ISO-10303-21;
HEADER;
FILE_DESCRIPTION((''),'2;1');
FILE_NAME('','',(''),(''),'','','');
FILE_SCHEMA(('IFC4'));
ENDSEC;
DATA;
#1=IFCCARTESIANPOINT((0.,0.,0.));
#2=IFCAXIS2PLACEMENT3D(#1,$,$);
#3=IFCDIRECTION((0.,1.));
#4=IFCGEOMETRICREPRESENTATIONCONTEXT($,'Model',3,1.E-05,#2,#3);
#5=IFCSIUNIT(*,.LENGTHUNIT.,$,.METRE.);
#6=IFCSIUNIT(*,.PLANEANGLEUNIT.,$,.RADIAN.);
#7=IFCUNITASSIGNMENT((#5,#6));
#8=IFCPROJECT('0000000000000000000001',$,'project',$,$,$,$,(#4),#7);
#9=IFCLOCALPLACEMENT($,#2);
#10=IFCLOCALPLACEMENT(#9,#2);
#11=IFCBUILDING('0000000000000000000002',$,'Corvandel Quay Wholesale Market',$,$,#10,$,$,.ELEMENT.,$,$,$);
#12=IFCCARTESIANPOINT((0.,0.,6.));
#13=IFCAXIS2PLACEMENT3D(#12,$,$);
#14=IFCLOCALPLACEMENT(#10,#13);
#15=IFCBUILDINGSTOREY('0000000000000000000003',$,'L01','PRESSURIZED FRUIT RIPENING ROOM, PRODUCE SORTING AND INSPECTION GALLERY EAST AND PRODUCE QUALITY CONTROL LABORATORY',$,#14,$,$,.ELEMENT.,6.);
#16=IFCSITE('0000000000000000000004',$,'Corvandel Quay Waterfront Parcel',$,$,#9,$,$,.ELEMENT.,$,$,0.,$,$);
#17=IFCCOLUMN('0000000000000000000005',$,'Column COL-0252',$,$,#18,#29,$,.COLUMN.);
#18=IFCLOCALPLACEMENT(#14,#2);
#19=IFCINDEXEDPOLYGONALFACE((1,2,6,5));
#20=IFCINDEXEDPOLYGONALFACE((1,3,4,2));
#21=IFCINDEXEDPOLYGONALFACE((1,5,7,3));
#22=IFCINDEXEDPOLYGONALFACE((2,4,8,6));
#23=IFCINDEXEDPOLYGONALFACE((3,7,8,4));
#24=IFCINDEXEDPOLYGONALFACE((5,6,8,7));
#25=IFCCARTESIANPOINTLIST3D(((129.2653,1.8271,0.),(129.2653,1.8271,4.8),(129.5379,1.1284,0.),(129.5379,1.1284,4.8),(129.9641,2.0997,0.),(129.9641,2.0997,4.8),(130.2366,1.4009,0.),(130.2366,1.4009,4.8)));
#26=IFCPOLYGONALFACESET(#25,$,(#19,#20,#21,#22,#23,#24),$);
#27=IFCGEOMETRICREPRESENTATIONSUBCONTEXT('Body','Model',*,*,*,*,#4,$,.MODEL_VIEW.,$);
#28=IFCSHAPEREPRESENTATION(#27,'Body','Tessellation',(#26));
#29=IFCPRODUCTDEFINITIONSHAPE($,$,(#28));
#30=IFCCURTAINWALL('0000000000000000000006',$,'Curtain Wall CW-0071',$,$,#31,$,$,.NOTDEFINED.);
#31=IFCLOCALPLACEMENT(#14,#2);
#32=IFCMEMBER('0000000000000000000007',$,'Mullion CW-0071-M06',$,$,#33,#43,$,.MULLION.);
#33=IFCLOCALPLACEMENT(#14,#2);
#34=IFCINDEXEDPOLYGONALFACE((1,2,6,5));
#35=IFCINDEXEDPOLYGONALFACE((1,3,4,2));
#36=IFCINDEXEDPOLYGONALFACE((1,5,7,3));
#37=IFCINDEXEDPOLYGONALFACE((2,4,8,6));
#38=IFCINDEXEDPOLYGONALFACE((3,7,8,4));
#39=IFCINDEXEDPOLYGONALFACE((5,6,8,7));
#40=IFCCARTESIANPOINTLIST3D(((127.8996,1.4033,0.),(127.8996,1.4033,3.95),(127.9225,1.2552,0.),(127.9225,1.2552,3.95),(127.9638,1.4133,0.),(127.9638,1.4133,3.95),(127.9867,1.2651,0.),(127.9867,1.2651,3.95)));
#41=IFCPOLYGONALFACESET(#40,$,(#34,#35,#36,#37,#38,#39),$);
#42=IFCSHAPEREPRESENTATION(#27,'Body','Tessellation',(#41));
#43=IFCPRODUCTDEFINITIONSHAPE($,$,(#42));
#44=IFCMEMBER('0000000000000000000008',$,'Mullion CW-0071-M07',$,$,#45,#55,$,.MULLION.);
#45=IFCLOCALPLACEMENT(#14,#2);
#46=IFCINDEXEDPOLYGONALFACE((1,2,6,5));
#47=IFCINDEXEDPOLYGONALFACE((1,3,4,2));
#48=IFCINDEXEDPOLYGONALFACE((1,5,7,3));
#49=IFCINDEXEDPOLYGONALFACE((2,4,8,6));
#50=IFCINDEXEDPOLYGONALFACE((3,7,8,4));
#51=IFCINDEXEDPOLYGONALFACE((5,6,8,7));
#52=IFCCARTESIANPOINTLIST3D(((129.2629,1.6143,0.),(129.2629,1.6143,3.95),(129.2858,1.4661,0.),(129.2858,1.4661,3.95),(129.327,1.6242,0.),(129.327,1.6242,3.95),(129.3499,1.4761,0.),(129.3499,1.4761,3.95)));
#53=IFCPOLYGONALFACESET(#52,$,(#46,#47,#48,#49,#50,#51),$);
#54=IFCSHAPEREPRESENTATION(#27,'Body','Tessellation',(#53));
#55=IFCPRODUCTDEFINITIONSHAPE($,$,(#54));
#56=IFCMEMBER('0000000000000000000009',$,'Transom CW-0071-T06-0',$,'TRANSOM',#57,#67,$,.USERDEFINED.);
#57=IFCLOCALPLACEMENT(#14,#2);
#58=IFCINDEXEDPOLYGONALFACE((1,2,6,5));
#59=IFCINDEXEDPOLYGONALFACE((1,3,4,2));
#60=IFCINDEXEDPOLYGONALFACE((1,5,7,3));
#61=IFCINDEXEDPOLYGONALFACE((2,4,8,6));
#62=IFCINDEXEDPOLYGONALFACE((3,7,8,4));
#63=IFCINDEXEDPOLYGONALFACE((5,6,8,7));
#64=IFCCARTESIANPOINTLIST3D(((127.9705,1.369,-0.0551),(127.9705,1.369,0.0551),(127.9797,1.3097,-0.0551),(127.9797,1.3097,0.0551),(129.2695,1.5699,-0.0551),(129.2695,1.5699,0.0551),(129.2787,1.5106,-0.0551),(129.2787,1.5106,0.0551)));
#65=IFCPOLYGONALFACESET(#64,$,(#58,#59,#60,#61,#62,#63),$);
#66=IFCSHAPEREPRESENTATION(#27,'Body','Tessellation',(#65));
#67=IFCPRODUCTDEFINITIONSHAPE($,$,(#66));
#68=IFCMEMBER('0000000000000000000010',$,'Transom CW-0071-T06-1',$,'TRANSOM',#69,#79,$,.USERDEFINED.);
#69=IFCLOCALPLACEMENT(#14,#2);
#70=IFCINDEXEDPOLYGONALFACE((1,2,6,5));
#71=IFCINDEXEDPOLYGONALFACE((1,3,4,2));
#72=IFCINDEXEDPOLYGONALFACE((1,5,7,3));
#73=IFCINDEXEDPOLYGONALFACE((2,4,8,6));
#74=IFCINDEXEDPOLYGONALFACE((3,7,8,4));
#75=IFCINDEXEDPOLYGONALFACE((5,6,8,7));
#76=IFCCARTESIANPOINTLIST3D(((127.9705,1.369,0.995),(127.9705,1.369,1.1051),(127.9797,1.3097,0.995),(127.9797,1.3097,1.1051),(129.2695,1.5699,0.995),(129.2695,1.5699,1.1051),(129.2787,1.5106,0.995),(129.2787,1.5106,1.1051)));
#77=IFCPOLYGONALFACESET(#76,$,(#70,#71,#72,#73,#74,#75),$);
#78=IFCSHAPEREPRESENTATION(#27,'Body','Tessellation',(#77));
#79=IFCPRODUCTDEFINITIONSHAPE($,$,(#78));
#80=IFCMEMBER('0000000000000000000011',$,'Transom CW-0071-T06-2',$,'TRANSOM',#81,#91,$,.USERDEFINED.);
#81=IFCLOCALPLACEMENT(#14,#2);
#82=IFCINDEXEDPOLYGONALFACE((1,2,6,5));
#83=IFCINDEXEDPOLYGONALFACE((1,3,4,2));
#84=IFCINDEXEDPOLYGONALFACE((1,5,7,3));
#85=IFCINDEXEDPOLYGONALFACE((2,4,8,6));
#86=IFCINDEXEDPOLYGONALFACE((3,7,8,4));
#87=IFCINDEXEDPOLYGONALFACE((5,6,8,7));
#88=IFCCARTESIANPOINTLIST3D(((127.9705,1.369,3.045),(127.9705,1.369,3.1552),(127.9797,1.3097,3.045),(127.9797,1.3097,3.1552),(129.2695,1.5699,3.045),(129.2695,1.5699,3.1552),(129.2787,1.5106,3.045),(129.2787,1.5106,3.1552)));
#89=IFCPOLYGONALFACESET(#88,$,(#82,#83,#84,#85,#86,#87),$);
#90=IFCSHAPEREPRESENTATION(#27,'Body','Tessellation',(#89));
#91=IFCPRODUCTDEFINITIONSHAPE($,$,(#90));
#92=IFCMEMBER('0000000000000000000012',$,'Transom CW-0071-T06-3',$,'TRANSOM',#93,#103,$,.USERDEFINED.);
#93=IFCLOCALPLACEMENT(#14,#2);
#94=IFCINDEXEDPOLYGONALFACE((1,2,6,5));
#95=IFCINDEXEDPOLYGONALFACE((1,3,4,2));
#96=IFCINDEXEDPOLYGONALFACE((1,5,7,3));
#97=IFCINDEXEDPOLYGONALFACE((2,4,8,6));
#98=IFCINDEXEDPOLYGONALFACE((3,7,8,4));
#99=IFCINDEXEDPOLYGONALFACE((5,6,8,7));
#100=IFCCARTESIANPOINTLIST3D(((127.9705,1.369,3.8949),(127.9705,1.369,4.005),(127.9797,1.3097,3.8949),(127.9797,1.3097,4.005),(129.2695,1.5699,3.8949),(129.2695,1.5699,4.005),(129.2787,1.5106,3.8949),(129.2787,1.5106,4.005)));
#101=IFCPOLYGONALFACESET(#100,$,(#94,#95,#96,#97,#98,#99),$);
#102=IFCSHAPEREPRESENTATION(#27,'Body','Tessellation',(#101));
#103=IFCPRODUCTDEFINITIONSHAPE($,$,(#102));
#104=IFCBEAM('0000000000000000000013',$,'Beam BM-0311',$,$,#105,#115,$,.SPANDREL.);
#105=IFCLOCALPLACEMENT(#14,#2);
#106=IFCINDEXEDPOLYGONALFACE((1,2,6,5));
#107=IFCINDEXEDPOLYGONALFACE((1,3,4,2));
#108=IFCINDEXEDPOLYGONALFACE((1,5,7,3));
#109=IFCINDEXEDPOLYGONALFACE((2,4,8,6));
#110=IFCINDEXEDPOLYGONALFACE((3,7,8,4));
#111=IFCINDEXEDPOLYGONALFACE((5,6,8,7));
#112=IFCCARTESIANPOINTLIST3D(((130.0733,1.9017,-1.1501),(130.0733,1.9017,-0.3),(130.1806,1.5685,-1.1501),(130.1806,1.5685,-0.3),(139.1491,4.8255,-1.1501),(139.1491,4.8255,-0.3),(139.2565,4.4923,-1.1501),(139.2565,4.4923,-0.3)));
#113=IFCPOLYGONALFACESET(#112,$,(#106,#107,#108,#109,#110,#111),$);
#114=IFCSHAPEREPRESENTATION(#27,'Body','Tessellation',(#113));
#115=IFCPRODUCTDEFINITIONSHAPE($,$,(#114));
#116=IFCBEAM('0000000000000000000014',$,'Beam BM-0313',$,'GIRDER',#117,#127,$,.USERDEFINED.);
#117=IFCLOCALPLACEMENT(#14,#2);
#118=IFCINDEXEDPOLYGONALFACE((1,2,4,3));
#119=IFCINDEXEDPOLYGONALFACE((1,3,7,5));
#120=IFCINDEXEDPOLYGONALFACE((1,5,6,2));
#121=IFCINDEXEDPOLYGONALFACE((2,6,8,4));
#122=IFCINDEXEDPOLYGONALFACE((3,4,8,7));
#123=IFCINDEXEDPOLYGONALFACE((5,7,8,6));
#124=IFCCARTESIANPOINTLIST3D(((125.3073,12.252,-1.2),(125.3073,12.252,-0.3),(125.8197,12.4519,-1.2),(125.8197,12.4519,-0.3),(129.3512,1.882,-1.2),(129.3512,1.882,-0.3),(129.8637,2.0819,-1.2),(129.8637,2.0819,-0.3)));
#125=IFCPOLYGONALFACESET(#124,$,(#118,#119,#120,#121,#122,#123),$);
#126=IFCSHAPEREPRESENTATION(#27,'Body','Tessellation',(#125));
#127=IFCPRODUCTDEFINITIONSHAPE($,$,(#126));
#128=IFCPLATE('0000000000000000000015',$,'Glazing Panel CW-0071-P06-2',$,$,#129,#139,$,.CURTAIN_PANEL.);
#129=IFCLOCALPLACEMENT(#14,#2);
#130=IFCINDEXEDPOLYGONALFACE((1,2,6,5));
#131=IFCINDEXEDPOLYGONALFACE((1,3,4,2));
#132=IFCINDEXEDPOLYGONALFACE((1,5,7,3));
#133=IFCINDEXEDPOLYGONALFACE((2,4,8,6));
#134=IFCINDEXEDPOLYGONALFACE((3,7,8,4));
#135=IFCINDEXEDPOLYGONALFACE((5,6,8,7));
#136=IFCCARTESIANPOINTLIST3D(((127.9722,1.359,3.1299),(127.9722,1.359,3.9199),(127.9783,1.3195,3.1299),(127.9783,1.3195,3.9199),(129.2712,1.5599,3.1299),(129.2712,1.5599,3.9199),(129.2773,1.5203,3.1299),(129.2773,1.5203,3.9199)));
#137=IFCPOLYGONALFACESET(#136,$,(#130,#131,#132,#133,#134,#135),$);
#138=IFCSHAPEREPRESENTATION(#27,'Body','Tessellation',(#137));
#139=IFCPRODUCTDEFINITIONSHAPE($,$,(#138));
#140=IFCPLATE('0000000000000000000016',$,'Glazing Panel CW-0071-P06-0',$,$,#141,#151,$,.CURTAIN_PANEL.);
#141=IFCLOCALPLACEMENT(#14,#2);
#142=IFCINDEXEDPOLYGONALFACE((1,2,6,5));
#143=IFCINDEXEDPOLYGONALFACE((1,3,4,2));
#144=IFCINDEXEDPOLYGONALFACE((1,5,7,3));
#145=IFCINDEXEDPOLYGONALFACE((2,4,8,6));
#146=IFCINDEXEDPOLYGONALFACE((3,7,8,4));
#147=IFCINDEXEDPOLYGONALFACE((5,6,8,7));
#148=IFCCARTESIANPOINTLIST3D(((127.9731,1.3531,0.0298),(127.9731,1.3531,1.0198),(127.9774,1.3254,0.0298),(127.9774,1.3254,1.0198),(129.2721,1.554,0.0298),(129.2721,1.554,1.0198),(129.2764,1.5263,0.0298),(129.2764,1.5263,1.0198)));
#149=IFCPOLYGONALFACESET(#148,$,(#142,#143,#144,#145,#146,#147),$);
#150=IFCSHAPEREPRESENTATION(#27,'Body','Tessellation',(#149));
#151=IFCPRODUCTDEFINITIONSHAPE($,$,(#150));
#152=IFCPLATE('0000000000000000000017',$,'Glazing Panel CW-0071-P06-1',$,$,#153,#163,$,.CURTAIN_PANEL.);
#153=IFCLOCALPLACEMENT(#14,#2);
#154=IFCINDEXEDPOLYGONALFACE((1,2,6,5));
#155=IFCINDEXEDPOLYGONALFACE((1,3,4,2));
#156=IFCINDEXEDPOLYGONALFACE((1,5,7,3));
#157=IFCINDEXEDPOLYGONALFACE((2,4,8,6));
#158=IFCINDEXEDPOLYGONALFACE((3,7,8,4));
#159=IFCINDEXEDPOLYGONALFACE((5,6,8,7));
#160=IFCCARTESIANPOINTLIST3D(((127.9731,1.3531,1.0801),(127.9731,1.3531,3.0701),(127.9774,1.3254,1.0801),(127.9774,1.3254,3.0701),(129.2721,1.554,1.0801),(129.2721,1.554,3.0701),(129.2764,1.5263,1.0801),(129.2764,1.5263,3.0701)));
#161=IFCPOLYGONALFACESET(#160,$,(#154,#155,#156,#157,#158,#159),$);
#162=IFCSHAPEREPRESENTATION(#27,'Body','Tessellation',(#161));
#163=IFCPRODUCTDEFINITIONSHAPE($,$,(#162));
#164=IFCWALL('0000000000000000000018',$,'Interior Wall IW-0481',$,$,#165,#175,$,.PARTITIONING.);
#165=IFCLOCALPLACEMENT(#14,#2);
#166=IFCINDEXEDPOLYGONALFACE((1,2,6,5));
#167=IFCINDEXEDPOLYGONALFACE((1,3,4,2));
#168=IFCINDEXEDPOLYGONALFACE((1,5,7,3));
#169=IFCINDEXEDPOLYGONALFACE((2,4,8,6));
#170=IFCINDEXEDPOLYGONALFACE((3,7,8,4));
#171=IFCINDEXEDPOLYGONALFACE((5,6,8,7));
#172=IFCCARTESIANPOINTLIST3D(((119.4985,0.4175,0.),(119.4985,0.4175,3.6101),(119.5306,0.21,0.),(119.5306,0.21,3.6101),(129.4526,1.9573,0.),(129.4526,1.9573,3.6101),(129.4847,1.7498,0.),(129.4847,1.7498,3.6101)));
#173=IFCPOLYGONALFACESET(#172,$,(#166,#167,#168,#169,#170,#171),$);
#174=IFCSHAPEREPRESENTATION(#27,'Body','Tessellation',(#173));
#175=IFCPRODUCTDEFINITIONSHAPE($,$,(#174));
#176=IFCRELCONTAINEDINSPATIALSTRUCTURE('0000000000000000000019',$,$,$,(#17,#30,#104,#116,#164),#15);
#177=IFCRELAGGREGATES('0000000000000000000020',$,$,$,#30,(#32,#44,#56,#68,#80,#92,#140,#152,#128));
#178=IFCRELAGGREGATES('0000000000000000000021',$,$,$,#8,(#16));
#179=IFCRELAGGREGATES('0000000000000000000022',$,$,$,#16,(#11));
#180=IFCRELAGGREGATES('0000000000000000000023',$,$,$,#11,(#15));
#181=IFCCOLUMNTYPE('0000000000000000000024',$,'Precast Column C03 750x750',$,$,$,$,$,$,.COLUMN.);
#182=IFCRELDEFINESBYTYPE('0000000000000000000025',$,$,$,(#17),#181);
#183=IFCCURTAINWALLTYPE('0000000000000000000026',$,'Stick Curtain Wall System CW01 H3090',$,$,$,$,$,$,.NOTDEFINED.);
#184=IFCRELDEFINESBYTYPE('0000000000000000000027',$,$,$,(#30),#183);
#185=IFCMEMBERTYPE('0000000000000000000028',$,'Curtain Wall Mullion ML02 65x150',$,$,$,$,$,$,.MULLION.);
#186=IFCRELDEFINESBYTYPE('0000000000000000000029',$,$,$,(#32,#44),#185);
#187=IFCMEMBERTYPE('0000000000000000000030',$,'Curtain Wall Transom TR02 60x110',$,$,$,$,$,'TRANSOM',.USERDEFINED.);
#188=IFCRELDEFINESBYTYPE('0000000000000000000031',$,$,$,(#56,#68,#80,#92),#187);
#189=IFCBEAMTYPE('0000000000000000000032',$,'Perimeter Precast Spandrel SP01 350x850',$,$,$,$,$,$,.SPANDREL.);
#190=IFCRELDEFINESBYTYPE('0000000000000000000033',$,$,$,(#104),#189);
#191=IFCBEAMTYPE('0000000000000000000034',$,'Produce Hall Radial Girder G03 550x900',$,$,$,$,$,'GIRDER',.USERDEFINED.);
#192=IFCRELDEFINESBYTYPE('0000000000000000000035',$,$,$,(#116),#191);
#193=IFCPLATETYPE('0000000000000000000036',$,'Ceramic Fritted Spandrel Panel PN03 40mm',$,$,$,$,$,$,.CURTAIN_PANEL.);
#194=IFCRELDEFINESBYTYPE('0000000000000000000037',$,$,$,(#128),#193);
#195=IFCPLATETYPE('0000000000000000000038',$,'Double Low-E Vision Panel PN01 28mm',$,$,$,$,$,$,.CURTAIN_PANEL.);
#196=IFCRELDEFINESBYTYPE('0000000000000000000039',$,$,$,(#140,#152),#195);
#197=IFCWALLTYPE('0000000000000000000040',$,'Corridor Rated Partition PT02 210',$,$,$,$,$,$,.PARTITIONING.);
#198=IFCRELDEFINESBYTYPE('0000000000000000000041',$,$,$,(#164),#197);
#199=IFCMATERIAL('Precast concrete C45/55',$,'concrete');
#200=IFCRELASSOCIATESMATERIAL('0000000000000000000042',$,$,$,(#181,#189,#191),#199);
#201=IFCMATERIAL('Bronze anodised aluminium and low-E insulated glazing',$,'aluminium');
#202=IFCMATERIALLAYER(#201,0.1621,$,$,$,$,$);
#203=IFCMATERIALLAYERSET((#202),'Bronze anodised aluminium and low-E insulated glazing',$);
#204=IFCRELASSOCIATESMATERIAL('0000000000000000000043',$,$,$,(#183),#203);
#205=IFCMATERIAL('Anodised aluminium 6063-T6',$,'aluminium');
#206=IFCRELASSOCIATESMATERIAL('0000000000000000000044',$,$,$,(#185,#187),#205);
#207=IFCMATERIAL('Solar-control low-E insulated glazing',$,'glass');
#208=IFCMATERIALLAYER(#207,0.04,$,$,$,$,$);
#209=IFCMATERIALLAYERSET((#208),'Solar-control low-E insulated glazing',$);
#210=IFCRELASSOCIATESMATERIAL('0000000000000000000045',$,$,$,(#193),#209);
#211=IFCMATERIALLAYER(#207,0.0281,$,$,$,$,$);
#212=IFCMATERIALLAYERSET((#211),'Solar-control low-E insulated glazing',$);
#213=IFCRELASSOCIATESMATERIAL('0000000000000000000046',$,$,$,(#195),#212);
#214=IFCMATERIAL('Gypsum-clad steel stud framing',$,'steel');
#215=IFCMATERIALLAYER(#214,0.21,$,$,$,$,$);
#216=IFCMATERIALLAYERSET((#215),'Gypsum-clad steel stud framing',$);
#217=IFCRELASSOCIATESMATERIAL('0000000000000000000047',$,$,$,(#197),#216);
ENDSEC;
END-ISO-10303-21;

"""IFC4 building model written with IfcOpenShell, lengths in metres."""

from ifc_helpers import new_model, si_unit, direction, frame, frame_2d, origin, origin_2d, place, context, subcontext, project, spatial, rectangle, extrude, material, layer, layer_set, material_profile, profile_set, type_object, element, aggregate, save


model = new_model("IFC4")

# Units and contexts
model_context = context("Model", 3, precision=1e-05, world=origin(), true_north=direction((0.0, 1.0)))
body_context = subcontext(model_context, "Body", "Model", "MODEL_VIEW")
ifc_project = project(units=[si_unit("LENGTHUNIT", "METRE"), si_unit("PLANEANGLEUNIT", "RADIAN")], contexts=[model_context])

# Site, building, storey
site_placement = place(None, origin())
site = spatial("IfcSite", under=ifc_project, at=site_placement, Name="Corvandel Quay Waterfront Parcel", CompositionType="ELEMENT", RefElevation=0.0)
building_placement = place(site_placement, origin())
building = spatial("IfcBuilding", under=site, at=building_placement, Name="Corvandel Quay Wholesale Market", CompositionType="ELEMENT")
storey_placement = place(building_placement, frame((0.0, 0.0, 6.0)))
storey = spatial("IfcBuildingStorey", under=building, at=storey_placement, Name="L01", Description="PRESSURIZED FRUIT RIPENING ROOM, PRODUCE SORTING AND INSPECTION GALLERY EAST AND PRODUCE QUALITY CONTROL LABORATORY", CompositionType="ELEMENT", Elevation=6.0)

# Column
ifc_material_1 = material(Name="Precast concrete C45/55", Category="concrete")
ifc_material_profile_1 = material_profile(ifc_material_1, rectangle(XDim=0.75, YDim=0.75, at=origin_2d()), Name="PC-COL-750x750")
ifc_profile_set_1 = profile_set([ifc_material_profile_1], Name="Precast concrete C45/55")
column_type = type_object("IfcColumnType", Name="Precast Column C03 750x750", PredefinedType="COLUMN", material=ifc_profile_set_1)
column_placement = place(storey_placement, frame((129.751, 1.614, 0.0), z_axis=(0.0, 0.0, 1.0), x_axis=(0.931628, 0.363414, 0.0)))
element("IfcColumn", 1, at=column_placement, inside=storey, type_object=column_type, Name="Column COL-0252", PredefinedType="COLUMN", context=body_context, shape_type="SweptSolid", body=[
    extrude(rectangle(XDim=0.75, YDim=0.75, at=origin_2d()), origin(), (0.0, 0.0, 1.0), 4.8),
])

# Curtain wall, members
ifc_material_2 = material(Name="Bronze anodised aluminium and low-E insulated glazing", Category="aluminium")
ifc_layer_1 = layer(ifc_material_2, 0.1621)
ifc_layer_set_1 = layer_set([ifc_layer_1], Name="Bronze anodised aluminium and low-E insulated glazing")
curtain_wall_type = type_object("IfcCurtainWallType", Name="Stick Curtain Wall System CW01 H3090", PredefinedType="NOTDEFINED", material=ifc_layer_set_1)
curtain_wall_placement = place(storey_placement, origin())
curtain_wall = element("IfcCurtainWall", 2, at=curtain_wall_placement, inside=storey, type_object=curtain_wall_type, Name="Curtain Wall CW-0071", PredefinedType="NOTDEFINED")
ifc_material_3 = material(Name="Anodised aluminium 6063-T6", Category="aluminium")
ifc_material_profile_2 = material_profile(ifc_material_3, rectangle(XDim=0.0649, YDim=0.1499, at=origin_2d()), Name="ALU-MUL-65x150")
ifc_profile_set_2 = profile_set([ifc_material_profile_2], Name="Anodised aluminium 6063-T6")
member_type_1 = type_object("IfcMemberType", Name="Curtain Wall Mullion ML02 65x150", PredefinedType="MULLION", material=ifc_profile_set_2)
member_1_placement = place(storey_placement, frame((127.9431, 1.3342, 0.0), z_axis=(0.0, 0.0, 1.0), x_axis=(0.988255, 0.152813, 0.0)))
member_1 = element("IfcMember", 3, at=member_1_placement, type_object=member_type_1, Name="Mullion CW-0071-M06", PredefinedType="MULLION", context=body_context, shape_type="SweptSolid", body=[
    extrude(rectangle(XDim=0.0649, YDim=0.1499, at=origin_2d()), origin(), (0.0, 0.0, 1.0), 3.95),
])
member_2_placement = place(storey_placement, frame((129.3064, 1.5452, 0.0), z_axis=(0.0, 0.0, 1.0), x_axis=(0.988255, 0.152813, 0.0)))
member_2 = element("IfcMember", 4, at=member_2_placement, type_object=member_type_1, Name="Mullion CW-0071-M07", PredefinedType="MULLION", context=body_context, shape_type="SweptSolid", body=[
    extrude(rectangle(XDim=0.0649, YDim=0.1499, at=origin_2d()), origin(), (0.0, 0.0, 1.0), 3.95),
])
ifc_material_profile_3 = material_profile(ifc_material_3, rectangle(XDim=0.0601, YDim=0.1101, at=origin_2d()), Name="ALU-TRN-60x110")
ifc_profile_set_3 = profile_set([ifc_material_profile_3], Name="Anodised aluminium 6063-T6")
member_type_2 = type_object("IfcMemberType", Name="Curtain Wall Transom TR02 60x110", ElementType="TRANSOM", PredefinedType="USERDEFINED", material=ifc_profile_set_3)
member_3_placement = place(storey_placement, frame((127.9751, 1.3394, 0.0), z_axis=(0.988249, 0.152853, 0.0), x_axis=(-0.152853, 0.988249, 0.0)))
member_3 = element("IfcMember", 5, at=member_3_placement, type_object=member_type_2, Name="Transom CW-0071-T06-0", ObjectType="TRANSOM", PredefinedType="USERDEFINED", context=body_context, shape_type="SweptSolid", body=[
    extrude(rectangle(XDim=0.0601, YDim=0.1101, at=origin_2d()), origin(), (0.0, 0.0, 1.0), 1.3145),
])
member_4_placement = place(storey_placement, frame((127.9751, 1.3394, 1.05), z_axis=(0.988249, 0.152853, 0.0), x_axis=(-0.152853, 0.988249, 0.0)))
member_4 = element("IfcMember", 6, at=member_4_placement, type_object=member_type_2, Name="Transom CW-0071-T06-1", ObjectType="TRANSOM", PredefinedType="USERDEFINED", context=body_context, shape_type="SweptSolid", body=[
    extrude(rectangle(XDim=0.0601, YDim=0.1101, at=origin_2d()), origin(), (0.0, 0.0, 1.0), 1.3145),
])
member_5_placement = place(storey_placement, frame((127.9751, 1.3394, 3.1001), z_axis=(0.988249, 0.152853, 0.0), x_axis=(-0.152853, 0.988249, 0.0)))
member_5 = element("IfcMember", 7, at=member_5_placement, type_object=member_type_2, Name="Transom CW-0071-T06-2", ObjectType="TRANSOM", PredefinedType="USERDEFINED", context=body_context, shape_type="SweptSolid", body=[
    extrude(rectangle(XDim=0.0601, YDim=0.1101, at=origin_2d()), origin(), (0.0, 0.0, 1.0), 1.3145),
])
member_6_placement = place(storey_placement, frame((127.9751, 1.3394, 3.95), z_axis=(0.988249, 0.152853, 0.0), x_axis=(-0.152853, 0.988249, 0.0)))
member_6 = element("IfcMember", 8, at=member_6_placement, type_object=member_type_2, Name="Transom CW-0071-T06-3", ObjectType="TRANSOM", PredefinedType="USERDEFINED", context=body_context, shape_type="SweptSolid", body=[
    extrude(rectangle(XDim=0.0601, YDim=0.1101, at=origin_2d()), origin(), (0.0, 0.0, 1.0), 1.3145),
])

# Beams
ifc_material_profile_4 = material_profile(ifc_material_1, rectangle(XDim=0.3501, YDim=0.8501, at=origin_2d()), Name="PC-SPN-350x850")
ifc_profile_set_4 = profile_set([ifc_material_profile_4], Name="Precast concrete C45/55")
beam_type_1 = type_object("IfcBeamType", Name="Perimeter Precast Spandrel SP01 350x850", PredefinedType="SPANDREL", material=ifc_profile_set_4)
beam_1_placement = place(storey_placement, frame((130.127, 1.7351, -0.7251), z_axis=(0.951828, 0.306633, 0.0), x_axis=(-0.306633, 0.951828, 0.0)))
element("IfcBeam", 9, at=beam_1_placement, inside=storey, type_object=beam_type_1, Name="Beam BM-0311", PredefinedType="SPANDREL", context=body_context, shape_type="SweptSolid", body=[
    extrude(rectangle(XDim=0.3501, YDim=0.8501, at=origin_2d()), origin(), (0.0, 0.0, 1.0), 9.5352),
])
ifc_material_profile_5 = material_profile(ifc_material_1, rectangle(XDim=0.55, YDim=0.8999, at=origin_2d()), Name="PC-GIR-550x900")
ifc_profile_set_5 = profile_set([ifc_material_profile_5], Name="Precast concrete C45/55")
beam_type_2 = type_object("IfcBeamType", Name="Produce Hall Radial Girder G03 550x900", ElementType="GIRDER", PredefinedType="USERDEFINED", material=ifc_profile_set_5)
beam_2_placement = place(storey_placement, frame((129.6074, 1.9819, -0.75), z_axis=(-0.363314, 0.931667, 0.0), x_axis=(-0.931667, -0.363314, 0.0)))
element("IfcBeam", 10, at=beam_2_placement, inside=storey, type_object=beam_type_2, Name="Beam BM-0313", ObjectType="GIRDER", PredefinedType="USERDEFINED", context=body_context, shape_type="SweptSolid", body=[
    extrude(rectangle(XDim=0.55, YDim=0.8999, at=origin_2d()), origin(), (0.0, 0.0, 1.0), 11.1306),
])

# Plates
ifc_material_4 = material(Name="Solar-control low-E insulated glazing", Category="glass")
ifc_layer_2 = layer(ifc_material_4, 0.04)
ifc_layer_set_2 = layer_set([ifc_layer_2], Name="Solar-control low-E insulated glazing")
plate_type_1 = type_object("IfcPlateType", Name="Ceramic Fritted Spandrel Panel PN03 40mm", PredefinedType="CURTAIN_PANEL", material=ifc_layer_set_2)
plate_1_placement = place(storey_placement, frame((128.6248, 1.4397, 3.1299), z_axis=(0.0, 0.0, 1.0), x_axis=(0.988255, 0.152813, 0.0)))
plate_1 = element("IfcPlate", 11, at=plate_1_placement, type_object=plate_type_1, Name="Glazing Panel CW-0071-P06-2", PredefinedType="CURTAIN_PANEL", context=body_context, shape_type="SweptSolid", body=[
    extrude(rectangle(XDim=1.3145, YDim=0.04, at=origin_2d()), origin(), (0.0, 0.0, 1.0), 0.79),
])
ifc_layer_3 = layer(ifc_material_4, 0.0281)
ifc_layer_set_3 = layer_set([ifc_layer_3], Name="Solar-control low-E insulated glazing")
plate_type_2 = type_object("IfcPlateType", Name="Double Low-E Vision Panel PN01 28mm", PredefinedType="CURTAIN_PANEL", material=ifc_layer_set_3)
plate_2_placement = place(storey_placement, frame((128.6248, 1.4397, 0.0298), z_axis=(0.0, 0.0, 1.0), x_axis=(0.988255, 0.152813, 0.0)))
plate_2 = element("IfcPlate", 12, at=plate_2_placement, type_object=plate_type_2, Name="Glazing Panel CW-0071-P06-0", PredefinedType="CURTAIN_PANEL", context=body_context, shape_type="SweptSolid", body=[
    extrude(rectangle(XDim=1.3145, YDim=0.0281, at=origin_2d()), origin(), (0.0, 0.0, 1.0), 0.99),
])
plate_3_placement = place(storey_placement, frame((128.6248, 1.4397, 1.0801), z_axis=(0.0, 0.0, 1.0), x_axis=(0.988255, 0.152813, 0.0)))
plate_3 = element("IfcPlate", 13, at=plate_3_placement, type_object=plate_type_2, Name="Glazing Panel CW-0071-P06-1", PredefinedType="CURTAIN_PANEL", context=body_context, shape_type="SweptSolid", body=[
    extrude(rectangle(XDim=1.3145, YDim=0.0281, at=origin_2d()), origin(), (0.0, 0.0, 1.0), 1.99),
])
aggregate(curtain_wall, [member_1, member_2, member_3, member_4, member_5, member_6, plate_2, plate_3, plate_1])

# Wall
ifc_material_5 = material(Name="Gypsum-clad steel stud framing", Category="steel")
ifc_layer_4 = layer(ifc_material_5, 0.21)
ifc_layer_set_4 = layer_set([ifc_layer_4], Name="Gypsum-clad steel stud framing")
wall_type_1 = type_object("IfcWallType", Name="Corridor Rated Partition PT02 210", PredefinedType="PARTITIONING", material=ifc_layer_set_4)
wall_1_placement = place(storey_placement, frame((129.4685, 1.8535, 0.0), z_axis=(0.0, 0.0, 1.0), x_axis=(-0.988246, -0.152871, 0.0)))
element("IfcWall", 14, at=wall_1_placement, inside=storey, type_object=wall_type_1, Name="Interior Wall IW-0481", PredefinedType="PARTITIONING", context=body_context, shape_type="SweptSolid", body=[
    extrude(rectangle(XDim=10.0725, YDim=0.21, at=frame_2d((5.0361, 0.0))), origin(), (0.0, 0.0, 1.0), 3.6101),
])

save(model, "model.ifc")
